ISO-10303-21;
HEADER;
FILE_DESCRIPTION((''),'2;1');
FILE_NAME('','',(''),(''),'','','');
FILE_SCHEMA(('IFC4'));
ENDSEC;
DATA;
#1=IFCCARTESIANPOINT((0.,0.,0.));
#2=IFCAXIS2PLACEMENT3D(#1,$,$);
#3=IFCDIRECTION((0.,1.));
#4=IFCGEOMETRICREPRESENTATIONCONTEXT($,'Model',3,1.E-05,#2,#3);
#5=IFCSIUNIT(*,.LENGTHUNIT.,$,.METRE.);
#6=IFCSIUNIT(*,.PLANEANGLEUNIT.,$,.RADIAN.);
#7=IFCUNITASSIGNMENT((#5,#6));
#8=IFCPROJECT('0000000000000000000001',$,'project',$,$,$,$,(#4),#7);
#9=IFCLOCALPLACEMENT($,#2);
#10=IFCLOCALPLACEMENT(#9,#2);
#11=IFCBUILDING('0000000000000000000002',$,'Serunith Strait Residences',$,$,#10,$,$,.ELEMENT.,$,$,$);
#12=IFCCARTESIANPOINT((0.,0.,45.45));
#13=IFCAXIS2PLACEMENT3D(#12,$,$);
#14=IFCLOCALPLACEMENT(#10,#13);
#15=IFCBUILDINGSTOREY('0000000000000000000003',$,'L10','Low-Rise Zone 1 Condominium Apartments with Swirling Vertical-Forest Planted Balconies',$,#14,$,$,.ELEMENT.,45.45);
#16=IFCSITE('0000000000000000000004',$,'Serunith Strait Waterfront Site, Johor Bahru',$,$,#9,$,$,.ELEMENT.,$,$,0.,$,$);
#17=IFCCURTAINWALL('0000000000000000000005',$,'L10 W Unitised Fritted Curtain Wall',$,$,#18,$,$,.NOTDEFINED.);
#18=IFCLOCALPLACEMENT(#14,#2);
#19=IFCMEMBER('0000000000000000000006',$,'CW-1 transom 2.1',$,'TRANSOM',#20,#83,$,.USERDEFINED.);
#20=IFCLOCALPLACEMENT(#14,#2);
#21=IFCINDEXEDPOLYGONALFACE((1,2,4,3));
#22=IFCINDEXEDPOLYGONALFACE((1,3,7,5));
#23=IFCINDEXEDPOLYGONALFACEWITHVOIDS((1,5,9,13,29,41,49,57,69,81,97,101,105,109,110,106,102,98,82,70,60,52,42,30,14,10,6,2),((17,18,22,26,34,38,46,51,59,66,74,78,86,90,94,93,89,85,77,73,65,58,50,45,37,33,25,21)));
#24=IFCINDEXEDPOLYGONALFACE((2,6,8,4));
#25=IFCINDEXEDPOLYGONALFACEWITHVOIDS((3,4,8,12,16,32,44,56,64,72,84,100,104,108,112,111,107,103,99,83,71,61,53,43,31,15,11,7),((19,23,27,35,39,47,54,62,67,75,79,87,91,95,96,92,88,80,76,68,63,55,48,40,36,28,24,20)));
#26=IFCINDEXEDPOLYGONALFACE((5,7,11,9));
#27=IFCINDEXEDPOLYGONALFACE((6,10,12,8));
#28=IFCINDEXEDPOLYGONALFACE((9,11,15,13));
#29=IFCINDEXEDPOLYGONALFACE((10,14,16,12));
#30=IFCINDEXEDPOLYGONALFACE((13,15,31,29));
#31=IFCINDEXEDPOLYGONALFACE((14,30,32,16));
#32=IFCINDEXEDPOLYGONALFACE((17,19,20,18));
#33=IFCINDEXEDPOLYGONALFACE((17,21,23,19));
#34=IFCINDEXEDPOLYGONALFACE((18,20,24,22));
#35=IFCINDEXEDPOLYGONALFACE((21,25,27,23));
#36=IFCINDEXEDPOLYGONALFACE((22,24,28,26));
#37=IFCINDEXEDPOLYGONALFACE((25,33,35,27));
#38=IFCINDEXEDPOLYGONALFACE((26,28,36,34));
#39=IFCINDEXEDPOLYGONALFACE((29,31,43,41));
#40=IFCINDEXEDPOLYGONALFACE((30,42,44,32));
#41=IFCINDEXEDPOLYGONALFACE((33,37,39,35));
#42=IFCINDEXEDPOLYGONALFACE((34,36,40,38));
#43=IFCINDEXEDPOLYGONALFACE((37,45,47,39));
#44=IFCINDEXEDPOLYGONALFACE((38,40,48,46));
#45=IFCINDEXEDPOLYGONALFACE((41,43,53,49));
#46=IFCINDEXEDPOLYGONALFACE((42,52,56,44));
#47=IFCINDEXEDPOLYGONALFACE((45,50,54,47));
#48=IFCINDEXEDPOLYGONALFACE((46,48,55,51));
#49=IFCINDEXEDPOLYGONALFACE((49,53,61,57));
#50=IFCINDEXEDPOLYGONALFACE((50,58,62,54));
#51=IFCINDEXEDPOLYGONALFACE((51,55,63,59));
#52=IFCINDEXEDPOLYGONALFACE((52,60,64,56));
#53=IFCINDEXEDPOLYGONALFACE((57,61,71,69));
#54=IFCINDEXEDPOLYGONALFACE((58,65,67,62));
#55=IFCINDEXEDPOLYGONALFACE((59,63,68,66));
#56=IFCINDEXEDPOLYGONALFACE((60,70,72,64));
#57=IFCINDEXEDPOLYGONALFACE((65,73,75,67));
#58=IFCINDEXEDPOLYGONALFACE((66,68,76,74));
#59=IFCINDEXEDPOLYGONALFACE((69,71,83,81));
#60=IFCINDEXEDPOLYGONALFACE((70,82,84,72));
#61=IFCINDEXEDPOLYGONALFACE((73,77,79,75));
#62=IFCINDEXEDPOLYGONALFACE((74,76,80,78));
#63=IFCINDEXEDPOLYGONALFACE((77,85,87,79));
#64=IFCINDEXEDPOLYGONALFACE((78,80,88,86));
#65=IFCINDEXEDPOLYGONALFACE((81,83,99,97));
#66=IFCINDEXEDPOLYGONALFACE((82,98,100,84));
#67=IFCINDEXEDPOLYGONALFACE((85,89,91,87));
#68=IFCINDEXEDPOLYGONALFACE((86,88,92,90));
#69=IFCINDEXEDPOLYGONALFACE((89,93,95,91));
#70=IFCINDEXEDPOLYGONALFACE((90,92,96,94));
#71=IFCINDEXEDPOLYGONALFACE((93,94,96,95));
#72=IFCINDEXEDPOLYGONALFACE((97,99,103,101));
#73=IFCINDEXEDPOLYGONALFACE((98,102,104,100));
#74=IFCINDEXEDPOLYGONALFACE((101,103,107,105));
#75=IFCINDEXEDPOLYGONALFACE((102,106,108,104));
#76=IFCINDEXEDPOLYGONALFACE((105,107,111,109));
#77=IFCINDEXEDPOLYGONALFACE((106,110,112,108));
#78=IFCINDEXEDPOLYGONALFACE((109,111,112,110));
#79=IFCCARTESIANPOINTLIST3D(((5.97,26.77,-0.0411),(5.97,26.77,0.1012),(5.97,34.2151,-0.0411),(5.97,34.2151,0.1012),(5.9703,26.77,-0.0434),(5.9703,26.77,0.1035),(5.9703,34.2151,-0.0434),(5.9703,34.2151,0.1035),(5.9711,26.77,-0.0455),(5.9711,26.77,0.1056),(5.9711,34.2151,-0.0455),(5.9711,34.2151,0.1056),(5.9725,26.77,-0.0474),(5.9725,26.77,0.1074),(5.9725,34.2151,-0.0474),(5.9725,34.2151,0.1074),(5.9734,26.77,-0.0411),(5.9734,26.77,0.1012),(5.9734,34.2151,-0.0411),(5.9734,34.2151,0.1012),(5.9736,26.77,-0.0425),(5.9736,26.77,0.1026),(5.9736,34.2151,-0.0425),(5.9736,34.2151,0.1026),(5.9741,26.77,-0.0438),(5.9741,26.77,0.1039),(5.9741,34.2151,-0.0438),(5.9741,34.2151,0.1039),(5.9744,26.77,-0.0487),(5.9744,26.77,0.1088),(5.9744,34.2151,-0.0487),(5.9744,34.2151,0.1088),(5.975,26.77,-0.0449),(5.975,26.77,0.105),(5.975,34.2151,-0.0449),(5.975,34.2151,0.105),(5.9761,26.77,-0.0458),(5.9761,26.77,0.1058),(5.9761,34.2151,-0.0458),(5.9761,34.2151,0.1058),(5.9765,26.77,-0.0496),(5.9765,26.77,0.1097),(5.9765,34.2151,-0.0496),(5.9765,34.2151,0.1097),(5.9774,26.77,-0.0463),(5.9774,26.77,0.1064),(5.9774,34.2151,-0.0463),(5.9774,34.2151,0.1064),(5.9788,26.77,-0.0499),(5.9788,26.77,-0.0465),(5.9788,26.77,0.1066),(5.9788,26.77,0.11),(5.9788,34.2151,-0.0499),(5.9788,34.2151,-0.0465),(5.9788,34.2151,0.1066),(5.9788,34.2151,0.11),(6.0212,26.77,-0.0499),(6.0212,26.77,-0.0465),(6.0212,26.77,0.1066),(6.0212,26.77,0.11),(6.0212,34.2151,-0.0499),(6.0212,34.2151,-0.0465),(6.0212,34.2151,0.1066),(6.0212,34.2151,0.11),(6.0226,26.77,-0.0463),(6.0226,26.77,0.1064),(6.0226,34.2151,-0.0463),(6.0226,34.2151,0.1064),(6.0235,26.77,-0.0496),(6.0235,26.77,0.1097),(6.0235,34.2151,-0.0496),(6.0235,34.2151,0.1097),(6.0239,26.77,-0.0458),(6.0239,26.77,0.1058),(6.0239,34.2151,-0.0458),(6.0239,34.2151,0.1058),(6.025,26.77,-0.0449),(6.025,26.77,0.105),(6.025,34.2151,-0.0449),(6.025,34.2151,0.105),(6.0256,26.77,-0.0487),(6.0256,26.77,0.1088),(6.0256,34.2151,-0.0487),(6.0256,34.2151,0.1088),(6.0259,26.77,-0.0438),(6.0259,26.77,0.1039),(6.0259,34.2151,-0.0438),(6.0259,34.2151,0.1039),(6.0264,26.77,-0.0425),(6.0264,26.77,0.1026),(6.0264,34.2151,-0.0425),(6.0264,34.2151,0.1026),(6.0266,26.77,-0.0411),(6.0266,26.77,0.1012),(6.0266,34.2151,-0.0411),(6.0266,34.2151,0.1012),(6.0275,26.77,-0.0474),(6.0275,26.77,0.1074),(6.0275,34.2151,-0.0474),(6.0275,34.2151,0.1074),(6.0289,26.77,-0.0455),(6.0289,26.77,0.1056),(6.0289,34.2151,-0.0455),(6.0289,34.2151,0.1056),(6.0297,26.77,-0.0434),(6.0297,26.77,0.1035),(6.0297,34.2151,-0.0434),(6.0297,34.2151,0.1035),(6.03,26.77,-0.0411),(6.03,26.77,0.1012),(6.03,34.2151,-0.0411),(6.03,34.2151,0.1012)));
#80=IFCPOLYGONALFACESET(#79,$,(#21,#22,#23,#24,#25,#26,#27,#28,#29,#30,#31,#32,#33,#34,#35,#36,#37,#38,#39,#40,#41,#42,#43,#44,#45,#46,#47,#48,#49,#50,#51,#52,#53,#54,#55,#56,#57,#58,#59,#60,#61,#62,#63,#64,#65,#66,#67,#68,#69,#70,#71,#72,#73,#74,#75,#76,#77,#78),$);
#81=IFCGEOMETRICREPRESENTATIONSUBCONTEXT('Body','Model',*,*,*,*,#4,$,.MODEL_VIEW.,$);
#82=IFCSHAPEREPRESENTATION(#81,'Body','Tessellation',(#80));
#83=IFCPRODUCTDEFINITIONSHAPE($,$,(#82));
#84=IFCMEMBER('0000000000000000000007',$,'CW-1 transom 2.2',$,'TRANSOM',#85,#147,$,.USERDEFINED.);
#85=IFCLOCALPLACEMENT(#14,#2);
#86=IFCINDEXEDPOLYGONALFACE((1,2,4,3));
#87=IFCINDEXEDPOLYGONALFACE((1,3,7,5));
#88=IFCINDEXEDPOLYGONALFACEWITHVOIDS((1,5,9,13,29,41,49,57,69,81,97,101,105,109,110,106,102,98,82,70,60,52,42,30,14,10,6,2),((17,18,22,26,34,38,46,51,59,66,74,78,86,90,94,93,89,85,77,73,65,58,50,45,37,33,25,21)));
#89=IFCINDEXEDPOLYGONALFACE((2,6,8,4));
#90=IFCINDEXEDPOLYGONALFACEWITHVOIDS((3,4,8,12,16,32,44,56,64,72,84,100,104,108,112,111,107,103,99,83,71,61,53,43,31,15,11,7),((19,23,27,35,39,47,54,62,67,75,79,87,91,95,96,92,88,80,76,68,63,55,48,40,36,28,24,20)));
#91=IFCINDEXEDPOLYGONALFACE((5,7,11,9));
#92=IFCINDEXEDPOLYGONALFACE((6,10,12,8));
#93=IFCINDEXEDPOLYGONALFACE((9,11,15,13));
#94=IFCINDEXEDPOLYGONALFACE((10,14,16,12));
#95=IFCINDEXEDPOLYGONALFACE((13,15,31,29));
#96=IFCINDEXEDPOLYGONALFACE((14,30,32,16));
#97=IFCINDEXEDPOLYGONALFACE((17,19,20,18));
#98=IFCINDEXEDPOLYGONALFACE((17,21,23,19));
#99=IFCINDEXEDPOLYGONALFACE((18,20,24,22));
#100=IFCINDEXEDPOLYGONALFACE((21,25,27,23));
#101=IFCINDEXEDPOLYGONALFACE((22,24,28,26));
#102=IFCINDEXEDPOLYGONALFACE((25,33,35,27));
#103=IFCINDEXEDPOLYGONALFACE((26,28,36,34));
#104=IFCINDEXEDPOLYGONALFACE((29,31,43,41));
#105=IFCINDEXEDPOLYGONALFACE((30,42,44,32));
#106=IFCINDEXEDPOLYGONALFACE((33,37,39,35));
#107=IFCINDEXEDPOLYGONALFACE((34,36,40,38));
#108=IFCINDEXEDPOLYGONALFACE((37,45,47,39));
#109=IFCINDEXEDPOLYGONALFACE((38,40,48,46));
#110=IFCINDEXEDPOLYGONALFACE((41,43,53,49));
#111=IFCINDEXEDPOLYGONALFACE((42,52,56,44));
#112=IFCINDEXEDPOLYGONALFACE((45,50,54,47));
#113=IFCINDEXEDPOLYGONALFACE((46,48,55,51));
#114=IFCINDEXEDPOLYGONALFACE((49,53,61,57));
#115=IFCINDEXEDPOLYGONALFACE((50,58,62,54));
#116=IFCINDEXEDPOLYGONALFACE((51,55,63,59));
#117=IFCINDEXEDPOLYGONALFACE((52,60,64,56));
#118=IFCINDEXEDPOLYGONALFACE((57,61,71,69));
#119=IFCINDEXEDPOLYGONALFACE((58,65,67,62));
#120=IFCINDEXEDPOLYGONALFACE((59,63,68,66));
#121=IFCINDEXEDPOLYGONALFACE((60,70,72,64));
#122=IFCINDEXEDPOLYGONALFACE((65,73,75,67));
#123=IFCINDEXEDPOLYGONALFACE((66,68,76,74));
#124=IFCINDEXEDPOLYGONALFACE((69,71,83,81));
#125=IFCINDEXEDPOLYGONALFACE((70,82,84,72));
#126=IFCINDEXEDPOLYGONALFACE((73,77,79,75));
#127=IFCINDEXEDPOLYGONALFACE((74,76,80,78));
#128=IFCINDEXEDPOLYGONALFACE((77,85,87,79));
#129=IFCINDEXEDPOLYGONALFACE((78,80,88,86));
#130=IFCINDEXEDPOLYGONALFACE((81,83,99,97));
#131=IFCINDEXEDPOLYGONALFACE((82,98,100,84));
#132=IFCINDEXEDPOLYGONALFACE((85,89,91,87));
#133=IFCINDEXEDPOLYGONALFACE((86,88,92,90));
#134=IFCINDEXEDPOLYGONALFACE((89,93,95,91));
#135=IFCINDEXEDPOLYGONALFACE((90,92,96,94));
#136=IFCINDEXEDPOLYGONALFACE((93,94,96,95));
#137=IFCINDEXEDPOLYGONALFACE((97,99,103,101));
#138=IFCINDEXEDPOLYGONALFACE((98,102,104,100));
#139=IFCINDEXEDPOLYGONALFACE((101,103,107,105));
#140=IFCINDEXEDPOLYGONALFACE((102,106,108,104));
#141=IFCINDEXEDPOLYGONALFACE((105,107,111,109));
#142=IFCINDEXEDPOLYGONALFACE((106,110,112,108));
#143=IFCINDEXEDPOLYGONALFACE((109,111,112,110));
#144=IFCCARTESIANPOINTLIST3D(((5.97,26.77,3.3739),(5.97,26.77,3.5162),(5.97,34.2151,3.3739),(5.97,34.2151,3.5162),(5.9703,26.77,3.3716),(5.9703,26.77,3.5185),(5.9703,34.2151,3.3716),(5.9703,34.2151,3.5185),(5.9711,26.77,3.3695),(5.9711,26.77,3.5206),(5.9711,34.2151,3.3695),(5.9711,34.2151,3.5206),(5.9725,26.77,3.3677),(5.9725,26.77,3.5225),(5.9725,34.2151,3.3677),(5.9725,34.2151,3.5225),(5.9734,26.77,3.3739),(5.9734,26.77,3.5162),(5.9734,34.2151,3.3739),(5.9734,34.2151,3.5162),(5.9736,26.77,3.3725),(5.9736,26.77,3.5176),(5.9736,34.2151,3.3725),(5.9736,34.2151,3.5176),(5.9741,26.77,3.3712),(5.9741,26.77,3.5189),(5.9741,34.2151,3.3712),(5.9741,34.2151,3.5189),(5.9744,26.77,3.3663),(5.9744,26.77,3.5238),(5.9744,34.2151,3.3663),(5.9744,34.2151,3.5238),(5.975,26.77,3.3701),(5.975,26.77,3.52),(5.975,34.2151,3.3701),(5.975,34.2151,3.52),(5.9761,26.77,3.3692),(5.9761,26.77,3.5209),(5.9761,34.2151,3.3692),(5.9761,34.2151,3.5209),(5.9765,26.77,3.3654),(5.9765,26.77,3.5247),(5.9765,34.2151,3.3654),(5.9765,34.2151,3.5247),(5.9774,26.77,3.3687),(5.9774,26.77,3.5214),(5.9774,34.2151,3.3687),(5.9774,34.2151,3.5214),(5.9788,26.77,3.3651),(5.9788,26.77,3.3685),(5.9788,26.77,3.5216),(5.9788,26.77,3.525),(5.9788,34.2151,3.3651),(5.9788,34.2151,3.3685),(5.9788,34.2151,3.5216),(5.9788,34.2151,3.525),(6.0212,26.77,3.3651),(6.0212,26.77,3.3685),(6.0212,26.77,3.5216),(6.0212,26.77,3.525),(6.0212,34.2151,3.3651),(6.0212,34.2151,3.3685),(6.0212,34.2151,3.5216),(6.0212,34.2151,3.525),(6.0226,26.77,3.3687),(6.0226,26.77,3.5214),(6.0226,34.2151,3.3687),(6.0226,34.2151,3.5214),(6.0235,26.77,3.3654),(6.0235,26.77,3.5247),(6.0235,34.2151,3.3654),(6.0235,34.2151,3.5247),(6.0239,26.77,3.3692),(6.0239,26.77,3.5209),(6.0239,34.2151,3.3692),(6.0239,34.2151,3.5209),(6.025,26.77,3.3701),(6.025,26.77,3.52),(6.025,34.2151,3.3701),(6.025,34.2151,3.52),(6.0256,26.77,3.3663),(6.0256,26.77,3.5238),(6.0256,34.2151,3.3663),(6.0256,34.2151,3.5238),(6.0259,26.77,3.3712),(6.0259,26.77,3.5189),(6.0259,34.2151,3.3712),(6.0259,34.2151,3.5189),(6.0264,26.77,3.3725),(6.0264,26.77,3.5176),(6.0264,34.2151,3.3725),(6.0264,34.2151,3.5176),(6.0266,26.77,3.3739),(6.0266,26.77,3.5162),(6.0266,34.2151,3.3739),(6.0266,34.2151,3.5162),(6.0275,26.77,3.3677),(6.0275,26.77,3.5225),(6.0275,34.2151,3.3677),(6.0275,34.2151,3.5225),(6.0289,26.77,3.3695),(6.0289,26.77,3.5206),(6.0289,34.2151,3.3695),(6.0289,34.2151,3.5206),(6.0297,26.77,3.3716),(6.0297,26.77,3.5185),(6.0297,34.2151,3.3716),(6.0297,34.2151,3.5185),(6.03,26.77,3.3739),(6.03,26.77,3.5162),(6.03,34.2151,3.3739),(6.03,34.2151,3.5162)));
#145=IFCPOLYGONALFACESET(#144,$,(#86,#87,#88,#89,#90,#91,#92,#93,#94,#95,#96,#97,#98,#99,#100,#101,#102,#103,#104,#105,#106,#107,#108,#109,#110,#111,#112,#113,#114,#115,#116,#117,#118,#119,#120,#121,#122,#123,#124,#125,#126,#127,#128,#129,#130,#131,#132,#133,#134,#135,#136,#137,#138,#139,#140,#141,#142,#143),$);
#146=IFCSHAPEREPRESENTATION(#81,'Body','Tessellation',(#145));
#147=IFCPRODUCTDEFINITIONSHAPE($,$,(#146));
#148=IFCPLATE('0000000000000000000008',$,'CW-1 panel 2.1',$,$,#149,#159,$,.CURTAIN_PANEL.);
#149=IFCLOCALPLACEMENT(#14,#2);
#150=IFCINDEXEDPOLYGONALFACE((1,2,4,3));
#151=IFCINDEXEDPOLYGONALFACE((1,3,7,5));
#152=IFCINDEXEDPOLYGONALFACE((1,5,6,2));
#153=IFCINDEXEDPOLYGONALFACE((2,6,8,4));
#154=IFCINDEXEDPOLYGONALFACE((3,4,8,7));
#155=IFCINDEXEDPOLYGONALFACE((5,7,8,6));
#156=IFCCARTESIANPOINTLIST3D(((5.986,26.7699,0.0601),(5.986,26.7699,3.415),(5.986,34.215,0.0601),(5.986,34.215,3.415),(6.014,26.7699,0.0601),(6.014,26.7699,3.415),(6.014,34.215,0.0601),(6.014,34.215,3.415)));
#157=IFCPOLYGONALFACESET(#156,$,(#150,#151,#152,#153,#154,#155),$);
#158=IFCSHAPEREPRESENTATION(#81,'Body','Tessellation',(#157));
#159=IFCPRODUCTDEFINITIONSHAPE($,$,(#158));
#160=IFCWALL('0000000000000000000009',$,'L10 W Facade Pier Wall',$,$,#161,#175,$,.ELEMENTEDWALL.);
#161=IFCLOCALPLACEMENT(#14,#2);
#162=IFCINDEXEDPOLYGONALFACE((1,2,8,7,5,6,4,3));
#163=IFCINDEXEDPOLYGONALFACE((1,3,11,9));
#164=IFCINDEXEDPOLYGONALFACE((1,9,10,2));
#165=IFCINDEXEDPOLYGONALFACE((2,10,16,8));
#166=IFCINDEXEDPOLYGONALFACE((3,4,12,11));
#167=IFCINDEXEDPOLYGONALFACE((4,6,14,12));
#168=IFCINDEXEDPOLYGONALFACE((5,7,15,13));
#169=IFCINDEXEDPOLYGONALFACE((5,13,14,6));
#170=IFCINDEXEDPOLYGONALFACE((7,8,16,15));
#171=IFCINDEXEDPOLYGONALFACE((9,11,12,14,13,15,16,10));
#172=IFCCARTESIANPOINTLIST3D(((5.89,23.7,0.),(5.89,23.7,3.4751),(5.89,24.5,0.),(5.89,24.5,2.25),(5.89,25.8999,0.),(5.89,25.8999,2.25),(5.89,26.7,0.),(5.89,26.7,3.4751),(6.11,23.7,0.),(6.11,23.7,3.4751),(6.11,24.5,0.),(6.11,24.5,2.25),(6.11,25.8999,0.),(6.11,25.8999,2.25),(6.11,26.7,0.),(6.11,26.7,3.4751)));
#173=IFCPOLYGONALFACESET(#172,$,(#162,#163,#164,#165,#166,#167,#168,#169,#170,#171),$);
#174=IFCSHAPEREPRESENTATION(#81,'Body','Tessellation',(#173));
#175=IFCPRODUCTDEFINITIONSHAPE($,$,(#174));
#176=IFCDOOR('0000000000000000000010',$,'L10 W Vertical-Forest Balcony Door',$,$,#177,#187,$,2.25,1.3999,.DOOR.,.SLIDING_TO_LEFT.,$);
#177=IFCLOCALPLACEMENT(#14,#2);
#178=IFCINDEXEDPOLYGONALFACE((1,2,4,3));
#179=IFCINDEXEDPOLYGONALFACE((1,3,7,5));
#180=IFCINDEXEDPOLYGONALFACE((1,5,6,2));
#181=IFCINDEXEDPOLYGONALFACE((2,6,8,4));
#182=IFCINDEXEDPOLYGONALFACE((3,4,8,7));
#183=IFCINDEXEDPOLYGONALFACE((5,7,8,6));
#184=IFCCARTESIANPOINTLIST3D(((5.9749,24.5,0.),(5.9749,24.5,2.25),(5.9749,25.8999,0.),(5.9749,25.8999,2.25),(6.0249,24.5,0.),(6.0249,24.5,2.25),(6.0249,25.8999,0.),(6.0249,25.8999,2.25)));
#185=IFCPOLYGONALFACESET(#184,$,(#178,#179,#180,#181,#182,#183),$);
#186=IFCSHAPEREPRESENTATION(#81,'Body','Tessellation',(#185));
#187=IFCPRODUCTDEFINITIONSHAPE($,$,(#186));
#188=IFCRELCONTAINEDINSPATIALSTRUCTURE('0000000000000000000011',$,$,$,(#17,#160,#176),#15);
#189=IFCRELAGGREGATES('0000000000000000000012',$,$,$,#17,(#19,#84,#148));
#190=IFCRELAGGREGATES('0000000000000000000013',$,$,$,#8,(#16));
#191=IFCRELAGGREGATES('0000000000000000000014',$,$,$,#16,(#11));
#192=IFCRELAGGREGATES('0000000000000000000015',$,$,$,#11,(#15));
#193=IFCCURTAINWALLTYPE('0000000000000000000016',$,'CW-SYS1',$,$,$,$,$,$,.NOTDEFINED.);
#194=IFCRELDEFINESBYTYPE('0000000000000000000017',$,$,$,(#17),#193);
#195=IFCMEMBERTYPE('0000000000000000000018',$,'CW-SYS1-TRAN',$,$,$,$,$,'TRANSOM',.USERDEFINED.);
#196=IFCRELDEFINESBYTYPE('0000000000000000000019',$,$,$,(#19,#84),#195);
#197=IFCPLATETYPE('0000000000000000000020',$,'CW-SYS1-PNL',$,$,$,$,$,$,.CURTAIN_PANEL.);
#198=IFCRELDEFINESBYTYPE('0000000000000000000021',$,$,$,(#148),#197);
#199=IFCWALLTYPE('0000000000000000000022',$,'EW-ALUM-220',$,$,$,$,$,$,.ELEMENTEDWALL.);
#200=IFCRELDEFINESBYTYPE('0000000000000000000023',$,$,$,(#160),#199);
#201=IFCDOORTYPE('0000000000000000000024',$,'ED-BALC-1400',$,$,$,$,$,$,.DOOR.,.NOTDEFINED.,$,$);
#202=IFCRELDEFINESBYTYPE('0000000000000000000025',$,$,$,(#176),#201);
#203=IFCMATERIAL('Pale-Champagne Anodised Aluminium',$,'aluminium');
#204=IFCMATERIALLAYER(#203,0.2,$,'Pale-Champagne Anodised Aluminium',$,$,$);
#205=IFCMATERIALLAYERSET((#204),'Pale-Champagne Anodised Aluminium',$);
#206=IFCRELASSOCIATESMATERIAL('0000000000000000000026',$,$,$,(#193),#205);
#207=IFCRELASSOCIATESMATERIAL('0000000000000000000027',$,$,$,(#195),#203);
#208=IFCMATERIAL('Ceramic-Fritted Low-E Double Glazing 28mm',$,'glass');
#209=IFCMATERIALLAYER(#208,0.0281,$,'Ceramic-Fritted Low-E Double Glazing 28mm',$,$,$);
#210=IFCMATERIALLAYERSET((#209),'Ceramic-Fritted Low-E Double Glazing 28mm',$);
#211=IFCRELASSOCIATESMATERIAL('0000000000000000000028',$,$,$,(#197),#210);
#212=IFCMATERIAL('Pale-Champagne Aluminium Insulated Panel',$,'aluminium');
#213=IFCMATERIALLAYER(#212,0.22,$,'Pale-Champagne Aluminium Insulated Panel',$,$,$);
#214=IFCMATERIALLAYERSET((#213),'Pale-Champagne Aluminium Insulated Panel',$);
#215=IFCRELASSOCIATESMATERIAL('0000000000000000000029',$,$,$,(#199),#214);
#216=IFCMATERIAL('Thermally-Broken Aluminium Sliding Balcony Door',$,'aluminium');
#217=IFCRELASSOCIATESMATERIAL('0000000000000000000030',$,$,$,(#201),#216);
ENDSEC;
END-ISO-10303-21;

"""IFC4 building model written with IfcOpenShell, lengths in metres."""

from ifc_helpers import new_model, si_unit, direction, frame, frame_2d, origin, origin_2d, place, context, subcontext, project, spatial, rectangle, hollow_rectangle, extrude, source, transform, mapped, material, layer, layer_set, material_profile, profile_set, type_object, element, fill, aggregate, save


model = new_model("IFC4")

# Units and contexts
model_context = context("Model", 3, precision=1e-05, world=origin(), true_north=direction((0.0, 1.0)))
body_context = subcontext(model_context, "Body", "Model", "MODEL_VIEW")
ifc_project = project(units=[si_unit("LENGTHUNIT", "METRE"), si_unit("PLANEANGLEUNIT", "RADIAN")], contexts=[model_context])

# Site, building, storey
site_placement = place(None, origin())
site = spatial("IfcSite", under=ifc_project, at=site_placement, Name="Serunith Strait Waterfront Site, Johor Bahru", CompositionType="ELEMENT", RefElevation=0.0)
building_placement = place(site_placement, origin())
building = spatial("IfcBuilding", under=site, at=building_placement, Name="Serunith Strait Residences", CompositionType="ELEMENT")
storey_placement = place(building_placement, frame((0.0, 0.0, 45.45)))
storey = spatial("IfcBuildingStorey", under=building, at=storey_placement, Name="L10", Description="Low-Rise Zone 1 Condominium Apartments with Swirling Vertical-Forest Planted Balconies", CompositionType="ELEMENT", Elevation=45.45)

# Curtain wall, members, plate
ifc_material_1 = material(Name="Pale-Champagne Anodised Aluminium", Category="aluminium")
ifc_layer_1 = layer(ifc_material_1, 0.2, Name="Pale-Champagne Anodised Aluminium")
ifc_layer_set_1 = layer_set([ifc_layer_1], Name="Pale-Champagne Anodised Aluminium")
curtain_wall_type = type_object("IfcCurtainWallType", Name="CW-SYS1", PredefinedType="NOTDEFINED", material=ifc_layer_set_1)
curtain_wall_placement = place(storey_placement, origin())
curtain_wall = element("IfcCurtainWall", 1, at=curtain_wall_placement, inside=storey, type_object=curtain_wall_type, Name="L10 W Unitised Fritted Curtain Wall", PredefinedType="NOTDEFINED")
ifc_material_profile_1 = material_profile(ifc_material_1, hollow_rectangle(XDim=0.0601, YDim=0.1599, WallThickness=0.0034, InnerFilletRadius=0.0054, OuterFilletRadius=0.0088, at=origin_2d()), Name="ALU 160x60x3.5")
ifc_profile_set_1 = profile_set([ifc_material_profile_1], Name="Pale-Champagne Anodised Aluminium")
member_type_1 = type_object("IfcMemberType", Name="CW-SYS1-TRAN", ElementType="TRANSOM", PredefinedType="USERDEFINED", material=ifc_profile_set_1)
shared_shape_1 = source(origin(), body_context, "Body", "SweptSolid", [
    extrude(hollow_rectangle(XDim=0.0601, YDim=0.1599, WallThickness=0.0034, InnerFilletRadius=0.0054, OuterFilletRadius=0.0088, at=origin_2d()), origin(), (0.0, 0.0, 1.0), 7.4451),
])
member_1_placement = place(storey_placement, frame((6.0, 34.2151, 0.03), z_axis=(0.0, -1.0, 0.0), x_axis=(1.0, 0.0, 0.0)))
member_1 = element("IfcMember", 2, at=member_1_placement, type_object=member_type_1, Name="CW-1 transom 2.1", ObjectType="TRANSOM", PredefinedType="USERDEFINED", context=body_context, shape_type="MappedRepresentation", body=[
    mapped(shared_shape_1, transform((0.0, 0.0, 0.0), scale=1.0)),
])
member_2_placement = place(storey_placement, frame((6.0, 34.2151, 3.4451), z_axis=(0.0, -1.0, 0.0), x_axis=(1.0, 0.0, 0.0)))
member_2 = element("IfcMember", 3, at=member_2_placement, type_object=member_type_1, Name="CW-1 transom 2.2", ObjectType="TRANSOM", PredefinedType="USERDEFINED", context=body_context, shape_type="MappedRepresentation", body=[
    mapped(shared_shape_1, transform((0.0, 0.0, 0.0), scale=1.0)),
])
ifc_material_2 = material(Name="Ceramic-Fritted Low-E Double Glazing 28mm", Category="glass")
ifc_layer_2 = layer(ifc_material_2, 0.0281, Name="Ceramic-Fritted Low-E Double Glazing 28mm")
ifc_layer_set_2 = layer_set([ifc_layer_2], Name="Ceramic-Fritted Low-E Double Glazing 28mm")
plate_type = type_object("IfcPlateType", Name="CW-SYS1-PNL", PredefinedType="CURTAIN_PANEL", material=ifc_layer_set_2)
shared_shape_2 = source(origin(), body_context, "Body", "SweptSolid", [
    extrude(rectangle(XDim=7.4451, YDim=0.0281, at=origin_2d()), origin(), (0.0, 0.0, 1.0), 3.355),
])
plate_placement = place(storey_placement, frame((6.0, 30.4924, 0.0601), z_axis=(0.0, 0.0, 1.0), x_axis=(0.0, -1.0, 0.0)))
plate = element("IfcPlate", 4, at=plate_placement, type_object=plate_type, Name="CW-1 panel 2.1", PredefinedType="CURTAIN_PANEL", context=body_context, shape_type="MappedRepresentation", body=[
    mapped(shared_shape_2, transform((0.0, 0.0, 0.0), scale=1.0)),
])
aggregate(curtain_wall, [member_1, member_2, plate])

# Wall, opening, door
ifc_material_3 = material(Name="Pale-Champagne Aluminium Insulated Panel", Category="aluminium")
ifc_layer_3 = layer(ifc_material_3, 0.22, Name="Pale-Champagne Aluminium Insulated Panel")
ifc_layer_set_3 = layer_set([ifc_layer_3], Name="Pale-Champagne Aluminium Insulated Panel")
wall_type_1 = type_object("IfcWallType", Name="EW-ALUM-220", PredefinedType="ELEMENTEDWALL", material=ifc_layer_set_3)
wall_1_placement = place(storey_placement, frame((6.0, 26.7, 0.0), z_axis=(0.0, 0.0, 1.0), x_axis=(0.0, -1.0, 0.0)))
wall_1 = element("IfcWall", 5, at=wall_1_placement, inside=storey, type_object=wall_type_1, Name="L10 W Facade Pier Wall", PredefinedType="ELEMENTEDWALL", context=body_context, shape_type="SweptSolid", body=[
    extrude(rectangle(XDim=3.0, YDim=0.22, at=frame_2d((1.5, 0.0))), origin(), (0.0, 0.0, 1.0), 3.4751),
])
opening_1_placement = place(wall_1_placement, frame((0.8, 0.0, 0.0)))
opening_1 = element("IfcOpeningElement", 6, at=opening_1_placement, cuts=wall_1, PredefinedType="OPENING", context=body_context, shape_type="SweptSolid", body=[
    extrude(rectangle(XDim=1.3999, YDim=2.25, at=frame_2d((0.7, 1.125))), frame((0.0, 0.1201, 0.0), z_axis=(0.0, -1.0, 0.0), x_axis=(1.0, 0.0, 0.0)), (0.0, 0.0, 1.0), 0.24),
])
ifc_material_4 = material(Name="Thermally-Broken Aluminium Sliding Balcony Door", Category="aluminium")
door_type_1 = type_object("IfcDoorType", Name="ED-BALC-1400", OperationType="NOTDEFINED", PredefinedType="DOOR", material=ifc_material_4)
shared_shape_3 = source(origin(), body_context, "Body", "SweptSolid", [
    extrude(rectangle(XDim=1.3999, YDim=2.25, at=frame_2d((0.7, 1.125))), frame((0.0, 0.0249, 0.0), z_axis=(0.0, -1.0, 0.0), x_axis=(1.0, 0.0, 0.0)), (0.0, 0.0, 1.0), 0.05),
])
door_1_placement = place(opening_1_placement, origin())
door_1 = element("IfcDoor", 7, at=door_1_placement, inside=storey, type_object=door_type_1, Name="L10 W Vertical-Forest Balcony Door", OperationType="SLIDING_TO_LEFT", OverallHeight=2.25, OverallWidth=1.3999, PredefinedType="DOOR", context=body_context, shape_type="MappedRepresentation", body=[
    mapped(shared_shape_3, transform((0.0, 0.0, 0.0), scale=1.0)),
])
fill(opening_1, door_1)

save(model, "model.ifc")
